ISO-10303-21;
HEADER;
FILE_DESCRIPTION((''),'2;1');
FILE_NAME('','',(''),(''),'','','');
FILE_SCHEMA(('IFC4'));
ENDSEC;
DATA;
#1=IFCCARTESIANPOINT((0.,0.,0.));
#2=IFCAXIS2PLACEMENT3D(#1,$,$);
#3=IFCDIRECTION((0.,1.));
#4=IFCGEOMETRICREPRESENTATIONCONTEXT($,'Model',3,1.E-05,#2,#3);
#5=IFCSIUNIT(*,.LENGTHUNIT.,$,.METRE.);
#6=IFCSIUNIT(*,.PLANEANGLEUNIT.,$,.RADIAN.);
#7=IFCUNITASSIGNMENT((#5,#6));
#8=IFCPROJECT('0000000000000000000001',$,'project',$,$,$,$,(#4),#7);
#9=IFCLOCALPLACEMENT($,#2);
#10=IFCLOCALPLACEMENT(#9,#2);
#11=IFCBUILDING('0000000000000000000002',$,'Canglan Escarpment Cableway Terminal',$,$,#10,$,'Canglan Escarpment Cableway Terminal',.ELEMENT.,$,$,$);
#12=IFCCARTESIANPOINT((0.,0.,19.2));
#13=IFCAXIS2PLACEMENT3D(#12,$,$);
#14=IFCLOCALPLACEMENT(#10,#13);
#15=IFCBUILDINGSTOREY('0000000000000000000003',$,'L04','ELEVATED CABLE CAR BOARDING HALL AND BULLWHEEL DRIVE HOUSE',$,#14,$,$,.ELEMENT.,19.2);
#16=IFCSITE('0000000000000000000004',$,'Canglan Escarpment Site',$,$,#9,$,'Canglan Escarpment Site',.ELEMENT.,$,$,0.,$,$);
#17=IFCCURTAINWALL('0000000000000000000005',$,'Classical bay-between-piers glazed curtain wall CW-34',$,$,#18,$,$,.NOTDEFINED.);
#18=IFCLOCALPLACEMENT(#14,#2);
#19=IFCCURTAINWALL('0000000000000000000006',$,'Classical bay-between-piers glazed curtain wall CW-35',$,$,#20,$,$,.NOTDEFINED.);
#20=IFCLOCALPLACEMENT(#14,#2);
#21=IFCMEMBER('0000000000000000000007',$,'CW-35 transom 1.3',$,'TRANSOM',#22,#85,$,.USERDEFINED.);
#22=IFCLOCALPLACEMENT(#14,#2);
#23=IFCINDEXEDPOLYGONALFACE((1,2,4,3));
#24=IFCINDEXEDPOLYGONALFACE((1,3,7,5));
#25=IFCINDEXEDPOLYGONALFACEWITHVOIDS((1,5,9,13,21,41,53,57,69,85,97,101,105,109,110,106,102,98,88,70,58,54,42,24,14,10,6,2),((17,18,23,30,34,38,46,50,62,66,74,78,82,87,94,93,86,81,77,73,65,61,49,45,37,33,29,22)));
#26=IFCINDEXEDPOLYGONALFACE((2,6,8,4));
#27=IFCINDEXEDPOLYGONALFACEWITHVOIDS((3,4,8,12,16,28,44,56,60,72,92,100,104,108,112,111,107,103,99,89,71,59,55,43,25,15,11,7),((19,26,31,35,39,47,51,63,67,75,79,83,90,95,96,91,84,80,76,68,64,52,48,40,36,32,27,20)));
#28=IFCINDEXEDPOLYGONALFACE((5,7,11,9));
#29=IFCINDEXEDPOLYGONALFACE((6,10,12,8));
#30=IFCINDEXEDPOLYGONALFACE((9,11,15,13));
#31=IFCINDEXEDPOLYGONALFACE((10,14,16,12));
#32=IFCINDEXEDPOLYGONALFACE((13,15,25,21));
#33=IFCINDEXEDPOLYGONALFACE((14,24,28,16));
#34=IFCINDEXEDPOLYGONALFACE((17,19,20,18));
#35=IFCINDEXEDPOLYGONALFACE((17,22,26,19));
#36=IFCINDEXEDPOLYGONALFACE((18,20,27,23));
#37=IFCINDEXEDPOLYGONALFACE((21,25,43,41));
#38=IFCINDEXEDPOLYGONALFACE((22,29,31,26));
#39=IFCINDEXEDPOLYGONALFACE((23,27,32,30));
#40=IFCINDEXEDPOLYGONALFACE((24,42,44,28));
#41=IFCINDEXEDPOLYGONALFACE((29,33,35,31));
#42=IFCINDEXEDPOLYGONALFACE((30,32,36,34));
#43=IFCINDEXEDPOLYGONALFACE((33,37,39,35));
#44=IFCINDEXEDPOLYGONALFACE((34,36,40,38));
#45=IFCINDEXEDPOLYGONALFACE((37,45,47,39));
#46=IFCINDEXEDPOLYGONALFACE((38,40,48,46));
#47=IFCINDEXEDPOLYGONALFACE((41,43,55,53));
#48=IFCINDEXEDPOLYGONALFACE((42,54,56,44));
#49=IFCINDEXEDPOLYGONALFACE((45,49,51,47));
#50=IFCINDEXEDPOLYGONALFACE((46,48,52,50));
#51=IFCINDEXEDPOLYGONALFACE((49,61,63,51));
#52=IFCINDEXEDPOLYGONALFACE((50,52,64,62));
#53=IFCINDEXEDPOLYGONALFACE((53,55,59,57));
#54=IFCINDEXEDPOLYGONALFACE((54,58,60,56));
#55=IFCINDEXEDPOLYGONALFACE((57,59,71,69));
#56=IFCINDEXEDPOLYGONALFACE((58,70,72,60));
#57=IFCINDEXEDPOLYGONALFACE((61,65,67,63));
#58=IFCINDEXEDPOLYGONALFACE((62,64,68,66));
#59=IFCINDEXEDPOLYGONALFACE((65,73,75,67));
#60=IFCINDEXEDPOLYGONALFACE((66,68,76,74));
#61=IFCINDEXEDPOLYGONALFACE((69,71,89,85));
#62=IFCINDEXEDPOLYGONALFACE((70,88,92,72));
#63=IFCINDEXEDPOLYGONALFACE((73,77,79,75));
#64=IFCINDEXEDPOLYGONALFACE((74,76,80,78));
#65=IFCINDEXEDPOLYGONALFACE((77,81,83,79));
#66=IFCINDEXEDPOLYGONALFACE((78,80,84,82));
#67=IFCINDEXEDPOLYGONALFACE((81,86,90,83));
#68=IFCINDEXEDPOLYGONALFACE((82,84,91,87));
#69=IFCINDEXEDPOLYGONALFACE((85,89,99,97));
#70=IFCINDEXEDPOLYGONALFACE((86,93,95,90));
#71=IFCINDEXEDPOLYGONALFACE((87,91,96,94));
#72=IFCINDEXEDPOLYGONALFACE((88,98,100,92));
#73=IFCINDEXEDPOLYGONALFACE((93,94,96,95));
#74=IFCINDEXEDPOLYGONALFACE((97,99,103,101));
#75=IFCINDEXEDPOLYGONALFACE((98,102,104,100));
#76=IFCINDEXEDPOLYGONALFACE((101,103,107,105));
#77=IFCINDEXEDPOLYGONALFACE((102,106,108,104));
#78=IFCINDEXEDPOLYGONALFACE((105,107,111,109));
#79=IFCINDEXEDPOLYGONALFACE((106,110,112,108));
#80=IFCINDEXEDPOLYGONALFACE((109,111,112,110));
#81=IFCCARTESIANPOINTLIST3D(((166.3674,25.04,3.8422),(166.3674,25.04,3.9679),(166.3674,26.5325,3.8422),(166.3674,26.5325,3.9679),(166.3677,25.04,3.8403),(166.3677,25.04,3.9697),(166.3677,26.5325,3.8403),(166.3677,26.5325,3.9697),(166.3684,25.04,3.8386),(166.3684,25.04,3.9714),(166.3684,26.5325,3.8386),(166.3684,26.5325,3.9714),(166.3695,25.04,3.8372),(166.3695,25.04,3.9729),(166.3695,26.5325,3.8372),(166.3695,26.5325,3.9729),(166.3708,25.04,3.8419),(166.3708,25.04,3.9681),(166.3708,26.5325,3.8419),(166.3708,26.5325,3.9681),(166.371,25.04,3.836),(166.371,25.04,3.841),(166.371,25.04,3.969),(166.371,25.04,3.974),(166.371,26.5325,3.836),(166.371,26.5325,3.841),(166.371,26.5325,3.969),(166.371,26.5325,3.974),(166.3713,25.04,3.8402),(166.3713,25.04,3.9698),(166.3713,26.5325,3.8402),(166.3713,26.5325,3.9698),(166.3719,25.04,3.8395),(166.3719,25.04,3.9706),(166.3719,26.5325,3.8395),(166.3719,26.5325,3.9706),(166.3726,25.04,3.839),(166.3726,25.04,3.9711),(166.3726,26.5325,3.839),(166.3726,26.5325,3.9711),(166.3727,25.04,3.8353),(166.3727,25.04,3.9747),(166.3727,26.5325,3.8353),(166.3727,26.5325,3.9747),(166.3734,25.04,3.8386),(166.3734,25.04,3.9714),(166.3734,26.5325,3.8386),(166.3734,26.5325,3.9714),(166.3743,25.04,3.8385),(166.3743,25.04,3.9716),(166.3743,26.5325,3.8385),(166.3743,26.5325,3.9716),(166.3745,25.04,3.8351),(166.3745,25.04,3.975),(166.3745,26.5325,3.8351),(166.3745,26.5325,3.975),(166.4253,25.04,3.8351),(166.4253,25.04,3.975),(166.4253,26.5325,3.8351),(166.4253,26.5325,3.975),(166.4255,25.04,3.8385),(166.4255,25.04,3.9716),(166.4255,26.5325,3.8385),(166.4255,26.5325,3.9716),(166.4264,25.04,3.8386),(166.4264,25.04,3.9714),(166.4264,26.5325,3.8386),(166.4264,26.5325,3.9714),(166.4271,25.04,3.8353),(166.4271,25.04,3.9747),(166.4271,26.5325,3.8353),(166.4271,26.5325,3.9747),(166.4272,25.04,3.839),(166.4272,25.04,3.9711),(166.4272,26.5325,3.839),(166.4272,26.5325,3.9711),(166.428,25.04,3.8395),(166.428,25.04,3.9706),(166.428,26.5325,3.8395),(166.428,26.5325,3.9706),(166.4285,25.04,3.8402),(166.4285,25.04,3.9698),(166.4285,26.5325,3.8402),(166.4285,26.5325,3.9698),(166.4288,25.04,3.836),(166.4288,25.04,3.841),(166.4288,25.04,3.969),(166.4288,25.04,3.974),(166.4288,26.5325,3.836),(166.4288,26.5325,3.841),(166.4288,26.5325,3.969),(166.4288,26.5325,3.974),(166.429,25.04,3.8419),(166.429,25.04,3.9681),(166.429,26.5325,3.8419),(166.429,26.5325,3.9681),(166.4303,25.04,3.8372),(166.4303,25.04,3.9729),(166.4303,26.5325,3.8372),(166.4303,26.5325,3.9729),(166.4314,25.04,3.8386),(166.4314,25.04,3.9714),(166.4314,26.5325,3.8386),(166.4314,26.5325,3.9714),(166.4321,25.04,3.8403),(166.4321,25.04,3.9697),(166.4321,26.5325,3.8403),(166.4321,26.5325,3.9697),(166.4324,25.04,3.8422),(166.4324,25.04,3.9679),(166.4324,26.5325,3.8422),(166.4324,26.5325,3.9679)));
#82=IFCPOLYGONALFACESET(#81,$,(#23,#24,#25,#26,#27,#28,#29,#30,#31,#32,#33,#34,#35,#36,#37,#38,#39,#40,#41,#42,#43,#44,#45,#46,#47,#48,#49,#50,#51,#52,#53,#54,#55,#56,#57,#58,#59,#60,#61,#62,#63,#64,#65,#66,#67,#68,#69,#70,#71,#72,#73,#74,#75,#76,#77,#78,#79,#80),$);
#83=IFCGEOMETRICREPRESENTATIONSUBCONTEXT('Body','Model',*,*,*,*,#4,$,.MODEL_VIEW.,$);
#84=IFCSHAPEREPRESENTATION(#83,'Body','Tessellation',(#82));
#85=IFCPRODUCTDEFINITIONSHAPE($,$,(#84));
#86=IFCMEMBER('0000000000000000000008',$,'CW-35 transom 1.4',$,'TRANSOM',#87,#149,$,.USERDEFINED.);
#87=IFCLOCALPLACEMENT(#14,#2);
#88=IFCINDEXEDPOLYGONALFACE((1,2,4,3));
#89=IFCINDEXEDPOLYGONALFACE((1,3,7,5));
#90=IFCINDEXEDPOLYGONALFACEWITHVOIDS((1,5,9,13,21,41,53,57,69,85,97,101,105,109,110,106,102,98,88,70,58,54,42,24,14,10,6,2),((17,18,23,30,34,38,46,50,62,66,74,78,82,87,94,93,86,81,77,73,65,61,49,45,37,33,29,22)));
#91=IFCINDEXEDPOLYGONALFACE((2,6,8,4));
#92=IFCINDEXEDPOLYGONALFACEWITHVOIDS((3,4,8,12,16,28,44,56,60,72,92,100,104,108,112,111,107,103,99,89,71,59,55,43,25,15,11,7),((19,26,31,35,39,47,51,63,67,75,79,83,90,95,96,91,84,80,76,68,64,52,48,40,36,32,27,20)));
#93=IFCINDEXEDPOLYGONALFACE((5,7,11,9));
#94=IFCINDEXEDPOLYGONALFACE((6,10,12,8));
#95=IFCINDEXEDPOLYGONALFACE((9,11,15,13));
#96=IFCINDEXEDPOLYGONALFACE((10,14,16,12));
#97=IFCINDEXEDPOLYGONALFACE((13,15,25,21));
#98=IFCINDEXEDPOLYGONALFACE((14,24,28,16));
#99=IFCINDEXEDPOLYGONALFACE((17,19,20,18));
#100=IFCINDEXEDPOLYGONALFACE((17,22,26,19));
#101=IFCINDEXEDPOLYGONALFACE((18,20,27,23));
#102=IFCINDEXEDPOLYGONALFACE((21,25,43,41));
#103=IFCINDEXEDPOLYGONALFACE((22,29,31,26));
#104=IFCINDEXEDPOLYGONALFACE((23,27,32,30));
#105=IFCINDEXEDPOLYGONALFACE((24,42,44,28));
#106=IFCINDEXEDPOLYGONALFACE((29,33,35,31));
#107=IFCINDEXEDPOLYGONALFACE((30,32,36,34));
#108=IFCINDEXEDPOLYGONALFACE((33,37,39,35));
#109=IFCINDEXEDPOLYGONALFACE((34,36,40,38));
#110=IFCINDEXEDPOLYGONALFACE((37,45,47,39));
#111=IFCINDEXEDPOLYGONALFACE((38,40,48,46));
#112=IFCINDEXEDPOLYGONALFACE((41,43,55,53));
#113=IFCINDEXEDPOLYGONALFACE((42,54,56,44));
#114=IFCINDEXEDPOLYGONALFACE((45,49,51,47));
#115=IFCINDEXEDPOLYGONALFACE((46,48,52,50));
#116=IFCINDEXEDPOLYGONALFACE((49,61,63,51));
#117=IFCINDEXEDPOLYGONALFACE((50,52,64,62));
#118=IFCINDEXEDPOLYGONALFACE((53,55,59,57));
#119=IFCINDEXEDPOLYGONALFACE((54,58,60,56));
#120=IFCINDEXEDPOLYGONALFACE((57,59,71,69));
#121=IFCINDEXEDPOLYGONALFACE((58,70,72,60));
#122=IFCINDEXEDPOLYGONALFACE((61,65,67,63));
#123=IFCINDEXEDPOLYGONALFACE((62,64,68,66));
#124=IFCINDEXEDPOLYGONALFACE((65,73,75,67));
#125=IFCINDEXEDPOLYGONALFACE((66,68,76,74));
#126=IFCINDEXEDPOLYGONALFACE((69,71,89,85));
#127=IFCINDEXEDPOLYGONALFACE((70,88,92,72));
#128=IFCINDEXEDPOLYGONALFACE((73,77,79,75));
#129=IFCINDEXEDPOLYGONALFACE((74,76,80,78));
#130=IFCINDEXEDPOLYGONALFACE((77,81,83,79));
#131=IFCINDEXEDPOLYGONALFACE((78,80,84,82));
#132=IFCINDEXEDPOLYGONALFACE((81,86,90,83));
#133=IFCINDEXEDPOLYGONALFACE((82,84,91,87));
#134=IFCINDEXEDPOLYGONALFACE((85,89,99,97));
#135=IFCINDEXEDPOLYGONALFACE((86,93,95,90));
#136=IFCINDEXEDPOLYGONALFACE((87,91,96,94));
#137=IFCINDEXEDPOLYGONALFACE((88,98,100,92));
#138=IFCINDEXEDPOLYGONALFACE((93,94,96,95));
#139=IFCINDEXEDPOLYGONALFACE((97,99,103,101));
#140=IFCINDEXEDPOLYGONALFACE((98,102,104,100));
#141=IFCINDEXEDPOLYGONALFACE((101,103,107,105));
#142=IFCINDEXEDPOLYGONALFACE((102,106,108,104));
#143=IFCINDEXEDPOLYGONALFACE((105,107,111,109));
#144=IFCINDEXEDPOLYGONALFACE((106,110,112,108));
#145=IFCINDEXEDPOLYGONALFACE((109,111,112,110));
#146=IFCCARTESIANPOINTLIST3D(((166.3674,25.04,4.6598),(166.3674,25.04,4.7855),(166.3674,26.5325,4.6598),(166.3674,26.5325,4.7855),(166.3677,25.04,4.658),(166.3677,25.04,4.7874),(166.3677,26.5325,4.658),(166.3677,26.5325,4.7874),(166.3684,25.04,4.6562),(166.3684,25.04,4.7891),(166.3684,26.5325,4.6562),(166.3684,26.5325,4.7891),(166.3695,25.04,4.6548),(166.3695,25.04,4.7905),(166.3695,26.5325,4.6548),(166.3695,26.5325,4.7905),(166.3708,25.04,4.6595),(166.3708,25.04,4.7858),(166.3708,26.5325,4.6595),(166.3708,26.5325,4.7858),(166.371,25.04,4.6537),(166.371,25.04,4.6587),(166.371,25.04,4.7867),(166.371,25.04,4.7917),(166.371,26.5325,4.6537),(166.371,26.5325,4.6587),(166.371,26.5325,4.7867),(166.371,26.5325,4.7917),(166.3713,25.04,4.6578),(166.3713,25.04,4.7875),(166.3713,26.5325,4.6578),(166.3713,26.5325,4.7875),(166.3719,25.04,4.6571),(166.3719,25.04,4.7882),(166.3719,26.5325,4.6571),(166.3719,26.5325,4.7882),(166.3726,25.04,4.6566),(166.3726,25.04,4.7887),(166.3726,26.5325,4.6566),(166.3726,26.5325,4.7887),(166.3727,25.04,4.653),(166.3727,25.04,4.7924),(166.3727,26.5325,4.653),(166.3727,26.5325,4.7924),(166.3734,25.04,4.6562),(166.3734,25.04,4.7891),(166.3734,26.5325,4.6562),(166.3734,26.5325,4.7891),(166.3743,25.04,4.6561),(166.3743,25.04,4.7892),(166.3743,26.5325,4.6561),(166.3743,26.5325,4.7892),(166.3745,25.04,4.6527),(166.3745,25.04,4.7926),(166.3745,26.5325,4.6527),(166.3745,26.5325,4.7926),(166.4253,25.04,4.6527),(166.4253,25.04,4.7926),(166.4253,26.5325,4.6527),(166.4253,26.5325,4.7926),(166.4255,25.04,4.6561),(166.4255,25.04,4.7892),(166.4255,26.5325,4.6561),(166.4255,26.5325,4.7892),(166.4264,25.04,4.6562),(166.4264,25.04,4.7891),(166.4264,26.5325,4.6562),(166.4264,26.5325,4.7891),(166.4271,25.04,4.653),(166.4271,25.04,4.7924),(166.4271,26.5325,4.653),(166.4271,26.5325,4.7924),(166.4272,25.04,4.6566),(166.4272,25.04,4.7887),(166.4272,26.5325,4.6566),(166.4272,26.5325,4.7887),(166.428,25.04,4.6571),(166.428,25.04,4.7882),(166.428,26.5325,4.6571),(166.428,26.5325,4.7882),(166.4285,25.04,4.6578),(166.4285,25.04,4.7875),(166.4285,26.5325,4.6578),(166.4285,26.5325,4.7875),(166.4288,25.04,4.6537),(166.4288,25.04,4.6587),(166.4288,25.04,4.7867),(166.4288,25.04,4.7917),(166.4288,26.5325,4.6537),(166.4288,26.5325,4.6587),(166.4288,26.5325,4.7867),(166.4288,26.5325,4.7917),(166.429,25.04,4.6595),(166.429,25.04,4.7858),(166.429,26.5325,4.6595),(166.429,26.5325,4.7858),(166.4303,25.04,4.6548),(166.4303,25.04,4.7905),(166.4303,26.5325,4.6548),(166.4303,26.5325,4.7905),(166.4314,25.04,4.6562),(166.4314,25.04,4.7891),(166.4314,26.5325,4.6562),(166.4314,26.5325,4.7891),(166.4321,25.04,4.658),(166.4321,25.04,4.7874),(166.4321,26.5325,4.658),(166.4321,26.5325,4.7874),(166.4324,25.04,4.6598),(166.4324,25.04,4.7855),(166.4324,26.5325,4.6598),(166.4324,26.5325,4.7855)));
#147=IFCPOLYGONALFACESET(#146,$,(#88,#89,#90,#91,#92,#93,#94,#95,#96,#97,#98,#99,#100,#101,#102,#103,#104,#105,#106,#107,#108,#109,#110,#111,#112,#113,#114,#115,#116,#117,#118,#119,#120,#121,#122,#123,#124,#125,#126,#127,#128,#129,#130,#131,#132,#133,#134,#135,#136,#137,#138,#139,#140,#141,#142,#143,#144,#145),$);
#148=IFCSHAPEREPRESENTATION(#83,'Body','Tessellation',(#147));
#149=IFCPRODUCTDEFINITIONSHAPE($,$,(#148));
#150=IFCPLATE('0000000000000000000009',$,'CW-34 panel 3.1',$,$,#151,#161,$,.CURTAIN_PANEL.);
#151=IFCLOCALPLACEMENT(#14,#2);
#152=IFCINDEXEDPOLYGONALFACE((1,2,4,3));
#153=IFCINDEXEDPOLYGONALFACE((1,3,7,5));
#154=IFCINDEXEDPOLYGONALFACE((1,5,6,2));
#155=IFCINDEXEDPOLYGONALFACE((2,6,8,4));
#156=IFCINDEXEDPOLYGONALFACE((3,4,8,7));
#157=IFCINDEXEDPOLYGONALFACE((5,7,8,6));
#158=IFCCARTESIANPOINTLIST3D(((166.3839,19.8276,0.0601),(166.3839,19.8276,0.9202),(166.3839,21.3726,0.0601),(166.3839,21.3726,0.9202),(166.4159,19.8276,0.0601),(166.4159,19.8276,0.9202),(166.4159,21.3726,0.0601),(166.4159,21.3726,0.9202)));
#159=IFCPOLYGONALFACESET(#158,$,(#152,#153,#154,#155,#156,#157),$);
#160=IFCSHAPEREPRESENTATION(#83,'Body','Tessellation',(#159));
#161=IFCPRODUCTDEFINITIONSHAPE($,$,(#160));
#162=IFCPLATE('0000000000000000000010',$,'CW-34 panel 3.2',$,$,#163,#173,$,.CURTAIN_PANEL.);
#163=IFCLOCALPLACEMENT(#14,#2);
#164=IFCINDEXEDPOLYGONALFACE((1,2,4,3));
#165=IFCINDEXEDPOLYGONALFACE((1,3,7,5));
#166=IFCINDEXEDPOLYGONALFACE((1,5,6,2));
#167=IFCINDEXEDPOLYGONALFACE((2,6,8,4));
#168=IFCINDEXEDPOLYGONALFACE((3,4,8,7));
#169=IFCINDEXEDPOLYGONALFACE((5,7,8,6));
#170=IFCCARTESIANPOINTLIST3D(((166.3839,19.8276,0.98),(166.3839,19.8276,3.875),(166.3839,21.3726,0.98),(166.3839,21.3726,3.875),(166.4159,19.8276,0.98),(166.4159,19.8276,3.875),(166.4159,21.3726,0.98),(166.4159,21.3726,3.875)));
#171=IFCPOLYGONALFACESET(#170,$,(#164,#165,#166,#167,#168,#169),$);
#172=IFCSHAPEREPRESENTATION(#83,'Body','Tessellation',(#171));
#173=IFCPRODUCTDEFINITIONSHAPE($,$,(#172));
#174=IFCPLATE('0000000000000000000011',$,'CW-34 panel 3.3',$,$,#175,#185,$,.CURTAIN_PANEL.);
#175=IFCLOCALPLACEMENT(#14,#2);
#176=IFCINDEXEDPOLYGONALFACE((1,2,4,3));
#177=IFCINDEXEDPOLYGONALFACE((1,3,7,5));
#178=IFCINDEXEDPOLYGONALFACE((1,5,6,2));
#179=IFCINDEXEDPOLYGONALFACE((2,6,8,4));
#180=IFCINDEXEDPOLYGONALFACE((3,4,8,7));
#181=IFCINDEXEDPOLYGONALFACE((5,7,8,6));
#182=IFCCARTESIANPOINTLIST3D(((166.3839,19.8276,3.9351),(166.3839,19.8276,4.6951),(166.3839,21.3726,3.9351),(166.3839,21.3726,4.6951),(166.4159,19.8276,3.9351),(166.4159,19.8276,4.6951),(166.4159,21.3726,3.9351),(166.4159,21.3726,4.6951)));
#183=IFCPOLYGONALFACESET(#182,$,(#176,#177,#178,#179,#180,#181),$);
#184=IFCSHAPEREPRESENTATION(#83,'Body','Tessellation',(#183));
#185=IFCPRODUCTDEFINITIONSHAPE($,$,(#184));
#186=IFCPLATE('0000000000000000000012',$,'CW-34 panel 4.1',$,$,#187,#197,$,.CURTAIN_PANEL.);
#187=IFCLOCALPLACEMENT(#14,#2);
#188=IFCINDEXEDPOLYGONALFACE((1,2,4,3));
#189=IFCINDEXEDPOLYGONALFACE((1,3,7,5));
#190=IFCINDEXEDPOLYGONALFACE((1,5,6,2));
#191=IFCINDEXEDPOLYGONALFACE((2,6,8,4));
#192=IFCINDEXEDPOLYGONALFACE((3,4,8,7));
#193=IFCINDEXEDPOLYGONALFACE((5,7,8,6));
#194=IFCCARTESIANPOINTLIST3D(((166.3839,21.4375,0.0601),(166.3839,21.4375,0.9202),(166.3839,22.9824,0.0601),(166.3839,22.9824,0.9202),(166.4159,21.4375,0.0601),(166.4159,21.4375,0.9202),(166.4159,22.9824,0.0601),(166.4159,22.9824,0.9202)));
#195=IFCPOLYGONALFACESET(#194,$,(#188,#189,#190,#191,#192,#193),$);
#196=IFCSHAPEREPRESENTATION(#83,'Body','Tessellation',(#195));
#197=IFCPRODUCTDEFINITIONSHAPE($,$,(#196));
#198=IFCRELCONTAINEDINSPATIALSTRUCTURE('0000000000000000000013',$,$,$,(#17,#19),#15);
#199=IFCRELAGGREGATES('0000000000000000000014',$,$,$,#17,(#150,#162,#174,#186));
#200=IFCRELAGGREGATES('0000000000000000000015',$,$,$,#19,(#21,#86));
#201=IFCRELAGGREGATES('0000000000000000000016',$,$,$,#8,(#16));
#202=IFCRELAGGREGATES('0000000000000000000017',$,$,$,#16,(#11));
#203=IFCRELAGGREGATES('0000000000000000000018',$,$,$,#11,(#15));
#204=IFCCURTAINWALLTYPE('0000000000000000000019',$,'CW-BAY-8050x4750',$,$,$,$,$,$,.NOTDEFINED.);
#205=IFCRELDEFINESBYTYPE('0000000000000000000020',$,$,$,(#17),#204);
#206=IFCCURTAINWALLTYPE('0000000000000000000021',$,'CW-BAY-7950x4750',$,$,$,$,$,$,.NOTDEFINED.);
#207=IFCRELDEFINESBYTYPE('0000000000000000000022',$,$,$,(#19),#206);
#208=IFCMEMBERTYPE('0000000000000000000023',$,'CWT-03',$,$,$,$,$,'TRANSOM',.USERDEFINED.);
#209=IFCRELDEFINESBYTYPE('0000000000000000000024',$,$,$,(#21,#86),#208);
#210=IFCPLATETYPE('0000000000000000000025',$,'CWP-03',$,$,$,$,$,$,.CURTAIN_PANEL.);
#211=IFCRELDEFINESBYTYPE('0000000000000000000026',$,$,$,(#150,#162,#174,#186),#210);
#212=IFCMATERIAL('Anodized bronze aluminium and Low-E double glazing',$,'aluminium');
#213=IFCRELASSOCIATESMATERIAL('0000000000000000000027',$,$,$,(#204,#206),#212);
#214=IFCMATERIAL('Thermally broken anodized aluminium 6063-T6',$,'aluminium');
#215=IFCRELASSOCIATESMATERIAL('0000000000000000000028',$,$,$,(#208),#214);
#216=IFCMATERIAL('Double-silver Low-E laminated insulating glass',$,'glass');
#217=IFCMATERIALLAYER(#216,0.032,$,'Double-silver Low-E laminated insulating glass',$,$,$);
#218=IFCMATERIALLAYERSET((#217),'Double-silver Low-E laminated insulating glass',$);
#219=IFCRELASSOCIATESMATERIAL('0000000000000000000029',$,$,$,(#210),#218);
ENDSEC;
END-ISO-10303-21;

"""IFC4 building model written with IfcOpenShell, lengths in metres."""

from ifc_helpers import new_model, si_unit, direction, frame, origin, origin_2d, place, context, subcontext, project, spatial, rectangle, hollow_rectangle, extrude, material, layer, layer_set, material_profile, profile_set, type_object, element, aggregate, save


model = new_model("IFC4")

# Units and contexts
model_context = context("Model", 3, precision=1e-05, world=origin(), true_north=direction((0.0, 1.0)))
body_context = subcontext(model_context, "Body", "Model", "MODEL_VIEW")
ifc_project = project(units=[si_unit("LENGTHUNIT", "METRE"), si_unit("PLANEANGLEUNIT", "RADIAN")], contexts=[model_context])

# Site, building, storey
site_placement = place(None, origin())
site = spatial("IfcSite", under=ifc_project, at=site_placement, Name="Canglan Escarpment Site", LongName="Canglan Escarpment Site", CompositionType="ELEMENT", RefElevation=0.0)
building_placement = place(site_placement, origin())
building = spatial("IfcBuilding", under=site, at=building_placement, Name="Canglan Escarpment Cableway Terminal", LongName="Canglan Escarpment Cableway Terminal", CompositionType="ELEMENT")
storey_placement = place(building_placement, frame((0.0, 0.0, 19.2)))
storey = spatial("IfcBuildingStorey", under=building, at=storey_placement, Name="L04", Description="ELEVATED CABLE CAR BOARDING HALL AND BULLWHEEL DRIVE HOUSE", CompositionType="ELEMENT", Elevation=19.2)

# Curtain wall
ifc_material_1 = material(Name="Anodized bronze aluminium and Low-E double glazing", Category="aluminium")
curtain_wall_type_1 = type_object("IfcCurtainWallType", Name="CW-BAY-8050x4750", PredefinedType="NOTDEFINED", material=ifc_material_1)
curtain_wall_1_placement = place(storey_placement, origin())
curtain_wall_1 = element("IfcCurtainWall", 1, at=curtain_wall_1_placement, inside=storey, type_object=curtain_wall_type_1, Name="Classical bay-between-piers glazed curtain wall CW-34", PredefinedType="NOTDEFINED")
ifc_material_2 = material(Name="Thermally broken anodized aluminium 6063-T6", Category="aluminium")

# Curtain wall
curtain_wall_type_2 = type_object("IfcCurtainWallType", Name="CW-BAY-7950x4750", PredefinedType="NOTDEFINED", material=ifc_material_1)
curtain_wall_2_placement = place(storey_placement, origin())
curtain_wall_2 = element("IfcCurtainWall", 2, at=curtain_wall_2_placement, inside=storey, type_object=curtain_wall_type_2, Name="Classical bay-between-piers glazed curtain wall CW-35", PredefinedType="NOTDEFINED")

# Members
ifc_material_profile_1 = material_profile(ifc_material_2, hollow_rectangle(XDim=0.0649, YDim=0.1399, WallThickness=0.0034, InnerFilletRadius=0.0034, OuterFilletRadius=0.0071, at=origin_2d()), Name="ALU-TRAN 65x140x3.5")
ifc_profile_set_1 = profile_set([ifc_material_profile_1], Name="Thermally broken anodized aluminium 6063-T6")
member_type_1 = type_object("IfcMemberType", Name="CWT-03", ElementType="TRANSOM", PredefinedType="USERDEFINED", material=ifc_profile_set_1)
member_1_placement = place(storey_placement, frame((166.3999, 25.04, 3.905), z_axis=(0.0, 1.0, 0.0), x_axis=(-1.0, 0.0, 0.0)))
member_1 = element("IfcMember", 3, at=member_1_placement, type_object=member_type_1, Name="CW-35 transom 1.3", ObjectType="TRANSOM", PredefinedType="USERDEFINED", context=body_context, shape_type="SweptSolid", body=[
    extrude(hollow_rectangle(XDim=0.0649, YDim=0.1399, WallThickness=0.0034, InnerFilletRadius=0.0034, OuterFilletRadius=0.0071, at=origin_2d()), origin(), (0.0, 0.0, 1.0), 1.4924),
])
member_2_placement = place(storey_placement, frame((166.3999, 25.04, 4.7227), z_axis=(0.0, 1.0, 0.0), x_axis=(-1.0, 0.0, 0.0)))
member_2 = element("IfcMember", 4, at=member_2_placement, type_object=member_type_1, Name="CW-35 transom 1.4", ObjectType="TRANSOM", PredefinedType="USERDEFINED", context=body_context, shape_type="SweptSolid", body=[
    extrude(hollow_rectangle(XDim=0.0649, YDim=0.1399, WallThickness=0.0034, InnerFilletRadius=0.0034, OuterFilletRadius=0.0071, at=origin_2d()), origin(), (0.0, 0.0, 1.0), 1.4924),
])

# Plates
ifc_material_3 = material(Name="Double-silver Low-E laminated insulating glass", Category="glass")
ifc_layer_1 = layer(ifc_material_3, 0.032, Name="Double-silver Low-E laminated insulating glass")
ifc_layer_set_1 = layer_set([ifc_layer_1], Name="Double-silver Low-E laminated insulating glass")
plate_type_1 = type_object("IfcPlateType", Name="CWP-03", PredefinedType="CURTAIN_PANEL", material=ifc_layer_set_1)
plate_1_placement = place(storey_placement, frame((166.3999, 20.6001, 0.0601), z_axis=(0.0, 0.0, 1.0), x_axis=(0.0, 1.0, 0.0)))
plate_1 = element("IfcPlate", 5, at=plate_1_placement, type_object=plate_type_1, Name="CW-34 panel 3.1", PredefinedType="CURTAIN_PANEL", context=body_context, shape_type="SweptSolid", body=[
    extrude(rectangle(XDim=1.5449, YDim=0.032, at=origin_2d()), origin(), (0.0, 0.0, 1.0), 0.8601),
])
plate_2_placement = place(storey_placement, frame((166.3999, 20.6001, 0.98), z_axis=(0.0, 0.0, 1.0), x_axis=(0.0, 1.0, 0.0)))
plate_2 = element("IfcPlate", 6, at=plate_2_placement, type_object=plate_type_1, Name="CW-34 panel 3.2", PredefinedType="CURTAIN_PANEL", context=body_context, shape_type="SweptSolid", body=[
    extrude(rectangle(XDim=1.5449, YDim=0.032, at=origin_2d()), origin(), (0.0, 0.0, 1.0), 2.895),
])
plate_3_placement = place(storey_placement, frame((166.3999, 20.6001, 3.9351), z_axis=(0.0, 0.0, 1.0), x_axis=(0.0, 1.0, 0.0)))
plate_3 = element("IfcPlate", 7, at=plate_3_placement, type_object=plate_type_1, Name="CW-34 panel 3.3", PredefinedType="CURTAIN_PANEL", context=body_context, shape_type="SweptSolid", body=[
    extrude(rectangle(XDim=1.5449, YDim=0.032, at=origin_2d()), origin(), (0.0, 0.0, 1.0), 0.76),
])
plate_4_placement = place(storey_placement, frame((166.3999, 22.21, 0.0601), z_axis=(0.0, 0.0, 1.0), x_axis=(0.0, 1.0, 0.0)))
plate_4 = element("IfcPlate", 8, at=plate_4_placement, type_object=plate_type_1, Name="CW-34 panel 4.1", PredefinedType="CURTAIN_PANEL", context=body_context, shape_type="SweptSolid", body=[
    extrude(rectangle(XDim=1.5449, YDim=0.032, at=origin_2d()), origin(), (0.0, 0.0, 1.0), 0.8601),
])
aggregate(curtain_wall_1, [plate_1, plate_2, plate_3, plate_4])
aggregate(curtain_wall_2, [member_1, member_2])

save(model, "model.ifc")
